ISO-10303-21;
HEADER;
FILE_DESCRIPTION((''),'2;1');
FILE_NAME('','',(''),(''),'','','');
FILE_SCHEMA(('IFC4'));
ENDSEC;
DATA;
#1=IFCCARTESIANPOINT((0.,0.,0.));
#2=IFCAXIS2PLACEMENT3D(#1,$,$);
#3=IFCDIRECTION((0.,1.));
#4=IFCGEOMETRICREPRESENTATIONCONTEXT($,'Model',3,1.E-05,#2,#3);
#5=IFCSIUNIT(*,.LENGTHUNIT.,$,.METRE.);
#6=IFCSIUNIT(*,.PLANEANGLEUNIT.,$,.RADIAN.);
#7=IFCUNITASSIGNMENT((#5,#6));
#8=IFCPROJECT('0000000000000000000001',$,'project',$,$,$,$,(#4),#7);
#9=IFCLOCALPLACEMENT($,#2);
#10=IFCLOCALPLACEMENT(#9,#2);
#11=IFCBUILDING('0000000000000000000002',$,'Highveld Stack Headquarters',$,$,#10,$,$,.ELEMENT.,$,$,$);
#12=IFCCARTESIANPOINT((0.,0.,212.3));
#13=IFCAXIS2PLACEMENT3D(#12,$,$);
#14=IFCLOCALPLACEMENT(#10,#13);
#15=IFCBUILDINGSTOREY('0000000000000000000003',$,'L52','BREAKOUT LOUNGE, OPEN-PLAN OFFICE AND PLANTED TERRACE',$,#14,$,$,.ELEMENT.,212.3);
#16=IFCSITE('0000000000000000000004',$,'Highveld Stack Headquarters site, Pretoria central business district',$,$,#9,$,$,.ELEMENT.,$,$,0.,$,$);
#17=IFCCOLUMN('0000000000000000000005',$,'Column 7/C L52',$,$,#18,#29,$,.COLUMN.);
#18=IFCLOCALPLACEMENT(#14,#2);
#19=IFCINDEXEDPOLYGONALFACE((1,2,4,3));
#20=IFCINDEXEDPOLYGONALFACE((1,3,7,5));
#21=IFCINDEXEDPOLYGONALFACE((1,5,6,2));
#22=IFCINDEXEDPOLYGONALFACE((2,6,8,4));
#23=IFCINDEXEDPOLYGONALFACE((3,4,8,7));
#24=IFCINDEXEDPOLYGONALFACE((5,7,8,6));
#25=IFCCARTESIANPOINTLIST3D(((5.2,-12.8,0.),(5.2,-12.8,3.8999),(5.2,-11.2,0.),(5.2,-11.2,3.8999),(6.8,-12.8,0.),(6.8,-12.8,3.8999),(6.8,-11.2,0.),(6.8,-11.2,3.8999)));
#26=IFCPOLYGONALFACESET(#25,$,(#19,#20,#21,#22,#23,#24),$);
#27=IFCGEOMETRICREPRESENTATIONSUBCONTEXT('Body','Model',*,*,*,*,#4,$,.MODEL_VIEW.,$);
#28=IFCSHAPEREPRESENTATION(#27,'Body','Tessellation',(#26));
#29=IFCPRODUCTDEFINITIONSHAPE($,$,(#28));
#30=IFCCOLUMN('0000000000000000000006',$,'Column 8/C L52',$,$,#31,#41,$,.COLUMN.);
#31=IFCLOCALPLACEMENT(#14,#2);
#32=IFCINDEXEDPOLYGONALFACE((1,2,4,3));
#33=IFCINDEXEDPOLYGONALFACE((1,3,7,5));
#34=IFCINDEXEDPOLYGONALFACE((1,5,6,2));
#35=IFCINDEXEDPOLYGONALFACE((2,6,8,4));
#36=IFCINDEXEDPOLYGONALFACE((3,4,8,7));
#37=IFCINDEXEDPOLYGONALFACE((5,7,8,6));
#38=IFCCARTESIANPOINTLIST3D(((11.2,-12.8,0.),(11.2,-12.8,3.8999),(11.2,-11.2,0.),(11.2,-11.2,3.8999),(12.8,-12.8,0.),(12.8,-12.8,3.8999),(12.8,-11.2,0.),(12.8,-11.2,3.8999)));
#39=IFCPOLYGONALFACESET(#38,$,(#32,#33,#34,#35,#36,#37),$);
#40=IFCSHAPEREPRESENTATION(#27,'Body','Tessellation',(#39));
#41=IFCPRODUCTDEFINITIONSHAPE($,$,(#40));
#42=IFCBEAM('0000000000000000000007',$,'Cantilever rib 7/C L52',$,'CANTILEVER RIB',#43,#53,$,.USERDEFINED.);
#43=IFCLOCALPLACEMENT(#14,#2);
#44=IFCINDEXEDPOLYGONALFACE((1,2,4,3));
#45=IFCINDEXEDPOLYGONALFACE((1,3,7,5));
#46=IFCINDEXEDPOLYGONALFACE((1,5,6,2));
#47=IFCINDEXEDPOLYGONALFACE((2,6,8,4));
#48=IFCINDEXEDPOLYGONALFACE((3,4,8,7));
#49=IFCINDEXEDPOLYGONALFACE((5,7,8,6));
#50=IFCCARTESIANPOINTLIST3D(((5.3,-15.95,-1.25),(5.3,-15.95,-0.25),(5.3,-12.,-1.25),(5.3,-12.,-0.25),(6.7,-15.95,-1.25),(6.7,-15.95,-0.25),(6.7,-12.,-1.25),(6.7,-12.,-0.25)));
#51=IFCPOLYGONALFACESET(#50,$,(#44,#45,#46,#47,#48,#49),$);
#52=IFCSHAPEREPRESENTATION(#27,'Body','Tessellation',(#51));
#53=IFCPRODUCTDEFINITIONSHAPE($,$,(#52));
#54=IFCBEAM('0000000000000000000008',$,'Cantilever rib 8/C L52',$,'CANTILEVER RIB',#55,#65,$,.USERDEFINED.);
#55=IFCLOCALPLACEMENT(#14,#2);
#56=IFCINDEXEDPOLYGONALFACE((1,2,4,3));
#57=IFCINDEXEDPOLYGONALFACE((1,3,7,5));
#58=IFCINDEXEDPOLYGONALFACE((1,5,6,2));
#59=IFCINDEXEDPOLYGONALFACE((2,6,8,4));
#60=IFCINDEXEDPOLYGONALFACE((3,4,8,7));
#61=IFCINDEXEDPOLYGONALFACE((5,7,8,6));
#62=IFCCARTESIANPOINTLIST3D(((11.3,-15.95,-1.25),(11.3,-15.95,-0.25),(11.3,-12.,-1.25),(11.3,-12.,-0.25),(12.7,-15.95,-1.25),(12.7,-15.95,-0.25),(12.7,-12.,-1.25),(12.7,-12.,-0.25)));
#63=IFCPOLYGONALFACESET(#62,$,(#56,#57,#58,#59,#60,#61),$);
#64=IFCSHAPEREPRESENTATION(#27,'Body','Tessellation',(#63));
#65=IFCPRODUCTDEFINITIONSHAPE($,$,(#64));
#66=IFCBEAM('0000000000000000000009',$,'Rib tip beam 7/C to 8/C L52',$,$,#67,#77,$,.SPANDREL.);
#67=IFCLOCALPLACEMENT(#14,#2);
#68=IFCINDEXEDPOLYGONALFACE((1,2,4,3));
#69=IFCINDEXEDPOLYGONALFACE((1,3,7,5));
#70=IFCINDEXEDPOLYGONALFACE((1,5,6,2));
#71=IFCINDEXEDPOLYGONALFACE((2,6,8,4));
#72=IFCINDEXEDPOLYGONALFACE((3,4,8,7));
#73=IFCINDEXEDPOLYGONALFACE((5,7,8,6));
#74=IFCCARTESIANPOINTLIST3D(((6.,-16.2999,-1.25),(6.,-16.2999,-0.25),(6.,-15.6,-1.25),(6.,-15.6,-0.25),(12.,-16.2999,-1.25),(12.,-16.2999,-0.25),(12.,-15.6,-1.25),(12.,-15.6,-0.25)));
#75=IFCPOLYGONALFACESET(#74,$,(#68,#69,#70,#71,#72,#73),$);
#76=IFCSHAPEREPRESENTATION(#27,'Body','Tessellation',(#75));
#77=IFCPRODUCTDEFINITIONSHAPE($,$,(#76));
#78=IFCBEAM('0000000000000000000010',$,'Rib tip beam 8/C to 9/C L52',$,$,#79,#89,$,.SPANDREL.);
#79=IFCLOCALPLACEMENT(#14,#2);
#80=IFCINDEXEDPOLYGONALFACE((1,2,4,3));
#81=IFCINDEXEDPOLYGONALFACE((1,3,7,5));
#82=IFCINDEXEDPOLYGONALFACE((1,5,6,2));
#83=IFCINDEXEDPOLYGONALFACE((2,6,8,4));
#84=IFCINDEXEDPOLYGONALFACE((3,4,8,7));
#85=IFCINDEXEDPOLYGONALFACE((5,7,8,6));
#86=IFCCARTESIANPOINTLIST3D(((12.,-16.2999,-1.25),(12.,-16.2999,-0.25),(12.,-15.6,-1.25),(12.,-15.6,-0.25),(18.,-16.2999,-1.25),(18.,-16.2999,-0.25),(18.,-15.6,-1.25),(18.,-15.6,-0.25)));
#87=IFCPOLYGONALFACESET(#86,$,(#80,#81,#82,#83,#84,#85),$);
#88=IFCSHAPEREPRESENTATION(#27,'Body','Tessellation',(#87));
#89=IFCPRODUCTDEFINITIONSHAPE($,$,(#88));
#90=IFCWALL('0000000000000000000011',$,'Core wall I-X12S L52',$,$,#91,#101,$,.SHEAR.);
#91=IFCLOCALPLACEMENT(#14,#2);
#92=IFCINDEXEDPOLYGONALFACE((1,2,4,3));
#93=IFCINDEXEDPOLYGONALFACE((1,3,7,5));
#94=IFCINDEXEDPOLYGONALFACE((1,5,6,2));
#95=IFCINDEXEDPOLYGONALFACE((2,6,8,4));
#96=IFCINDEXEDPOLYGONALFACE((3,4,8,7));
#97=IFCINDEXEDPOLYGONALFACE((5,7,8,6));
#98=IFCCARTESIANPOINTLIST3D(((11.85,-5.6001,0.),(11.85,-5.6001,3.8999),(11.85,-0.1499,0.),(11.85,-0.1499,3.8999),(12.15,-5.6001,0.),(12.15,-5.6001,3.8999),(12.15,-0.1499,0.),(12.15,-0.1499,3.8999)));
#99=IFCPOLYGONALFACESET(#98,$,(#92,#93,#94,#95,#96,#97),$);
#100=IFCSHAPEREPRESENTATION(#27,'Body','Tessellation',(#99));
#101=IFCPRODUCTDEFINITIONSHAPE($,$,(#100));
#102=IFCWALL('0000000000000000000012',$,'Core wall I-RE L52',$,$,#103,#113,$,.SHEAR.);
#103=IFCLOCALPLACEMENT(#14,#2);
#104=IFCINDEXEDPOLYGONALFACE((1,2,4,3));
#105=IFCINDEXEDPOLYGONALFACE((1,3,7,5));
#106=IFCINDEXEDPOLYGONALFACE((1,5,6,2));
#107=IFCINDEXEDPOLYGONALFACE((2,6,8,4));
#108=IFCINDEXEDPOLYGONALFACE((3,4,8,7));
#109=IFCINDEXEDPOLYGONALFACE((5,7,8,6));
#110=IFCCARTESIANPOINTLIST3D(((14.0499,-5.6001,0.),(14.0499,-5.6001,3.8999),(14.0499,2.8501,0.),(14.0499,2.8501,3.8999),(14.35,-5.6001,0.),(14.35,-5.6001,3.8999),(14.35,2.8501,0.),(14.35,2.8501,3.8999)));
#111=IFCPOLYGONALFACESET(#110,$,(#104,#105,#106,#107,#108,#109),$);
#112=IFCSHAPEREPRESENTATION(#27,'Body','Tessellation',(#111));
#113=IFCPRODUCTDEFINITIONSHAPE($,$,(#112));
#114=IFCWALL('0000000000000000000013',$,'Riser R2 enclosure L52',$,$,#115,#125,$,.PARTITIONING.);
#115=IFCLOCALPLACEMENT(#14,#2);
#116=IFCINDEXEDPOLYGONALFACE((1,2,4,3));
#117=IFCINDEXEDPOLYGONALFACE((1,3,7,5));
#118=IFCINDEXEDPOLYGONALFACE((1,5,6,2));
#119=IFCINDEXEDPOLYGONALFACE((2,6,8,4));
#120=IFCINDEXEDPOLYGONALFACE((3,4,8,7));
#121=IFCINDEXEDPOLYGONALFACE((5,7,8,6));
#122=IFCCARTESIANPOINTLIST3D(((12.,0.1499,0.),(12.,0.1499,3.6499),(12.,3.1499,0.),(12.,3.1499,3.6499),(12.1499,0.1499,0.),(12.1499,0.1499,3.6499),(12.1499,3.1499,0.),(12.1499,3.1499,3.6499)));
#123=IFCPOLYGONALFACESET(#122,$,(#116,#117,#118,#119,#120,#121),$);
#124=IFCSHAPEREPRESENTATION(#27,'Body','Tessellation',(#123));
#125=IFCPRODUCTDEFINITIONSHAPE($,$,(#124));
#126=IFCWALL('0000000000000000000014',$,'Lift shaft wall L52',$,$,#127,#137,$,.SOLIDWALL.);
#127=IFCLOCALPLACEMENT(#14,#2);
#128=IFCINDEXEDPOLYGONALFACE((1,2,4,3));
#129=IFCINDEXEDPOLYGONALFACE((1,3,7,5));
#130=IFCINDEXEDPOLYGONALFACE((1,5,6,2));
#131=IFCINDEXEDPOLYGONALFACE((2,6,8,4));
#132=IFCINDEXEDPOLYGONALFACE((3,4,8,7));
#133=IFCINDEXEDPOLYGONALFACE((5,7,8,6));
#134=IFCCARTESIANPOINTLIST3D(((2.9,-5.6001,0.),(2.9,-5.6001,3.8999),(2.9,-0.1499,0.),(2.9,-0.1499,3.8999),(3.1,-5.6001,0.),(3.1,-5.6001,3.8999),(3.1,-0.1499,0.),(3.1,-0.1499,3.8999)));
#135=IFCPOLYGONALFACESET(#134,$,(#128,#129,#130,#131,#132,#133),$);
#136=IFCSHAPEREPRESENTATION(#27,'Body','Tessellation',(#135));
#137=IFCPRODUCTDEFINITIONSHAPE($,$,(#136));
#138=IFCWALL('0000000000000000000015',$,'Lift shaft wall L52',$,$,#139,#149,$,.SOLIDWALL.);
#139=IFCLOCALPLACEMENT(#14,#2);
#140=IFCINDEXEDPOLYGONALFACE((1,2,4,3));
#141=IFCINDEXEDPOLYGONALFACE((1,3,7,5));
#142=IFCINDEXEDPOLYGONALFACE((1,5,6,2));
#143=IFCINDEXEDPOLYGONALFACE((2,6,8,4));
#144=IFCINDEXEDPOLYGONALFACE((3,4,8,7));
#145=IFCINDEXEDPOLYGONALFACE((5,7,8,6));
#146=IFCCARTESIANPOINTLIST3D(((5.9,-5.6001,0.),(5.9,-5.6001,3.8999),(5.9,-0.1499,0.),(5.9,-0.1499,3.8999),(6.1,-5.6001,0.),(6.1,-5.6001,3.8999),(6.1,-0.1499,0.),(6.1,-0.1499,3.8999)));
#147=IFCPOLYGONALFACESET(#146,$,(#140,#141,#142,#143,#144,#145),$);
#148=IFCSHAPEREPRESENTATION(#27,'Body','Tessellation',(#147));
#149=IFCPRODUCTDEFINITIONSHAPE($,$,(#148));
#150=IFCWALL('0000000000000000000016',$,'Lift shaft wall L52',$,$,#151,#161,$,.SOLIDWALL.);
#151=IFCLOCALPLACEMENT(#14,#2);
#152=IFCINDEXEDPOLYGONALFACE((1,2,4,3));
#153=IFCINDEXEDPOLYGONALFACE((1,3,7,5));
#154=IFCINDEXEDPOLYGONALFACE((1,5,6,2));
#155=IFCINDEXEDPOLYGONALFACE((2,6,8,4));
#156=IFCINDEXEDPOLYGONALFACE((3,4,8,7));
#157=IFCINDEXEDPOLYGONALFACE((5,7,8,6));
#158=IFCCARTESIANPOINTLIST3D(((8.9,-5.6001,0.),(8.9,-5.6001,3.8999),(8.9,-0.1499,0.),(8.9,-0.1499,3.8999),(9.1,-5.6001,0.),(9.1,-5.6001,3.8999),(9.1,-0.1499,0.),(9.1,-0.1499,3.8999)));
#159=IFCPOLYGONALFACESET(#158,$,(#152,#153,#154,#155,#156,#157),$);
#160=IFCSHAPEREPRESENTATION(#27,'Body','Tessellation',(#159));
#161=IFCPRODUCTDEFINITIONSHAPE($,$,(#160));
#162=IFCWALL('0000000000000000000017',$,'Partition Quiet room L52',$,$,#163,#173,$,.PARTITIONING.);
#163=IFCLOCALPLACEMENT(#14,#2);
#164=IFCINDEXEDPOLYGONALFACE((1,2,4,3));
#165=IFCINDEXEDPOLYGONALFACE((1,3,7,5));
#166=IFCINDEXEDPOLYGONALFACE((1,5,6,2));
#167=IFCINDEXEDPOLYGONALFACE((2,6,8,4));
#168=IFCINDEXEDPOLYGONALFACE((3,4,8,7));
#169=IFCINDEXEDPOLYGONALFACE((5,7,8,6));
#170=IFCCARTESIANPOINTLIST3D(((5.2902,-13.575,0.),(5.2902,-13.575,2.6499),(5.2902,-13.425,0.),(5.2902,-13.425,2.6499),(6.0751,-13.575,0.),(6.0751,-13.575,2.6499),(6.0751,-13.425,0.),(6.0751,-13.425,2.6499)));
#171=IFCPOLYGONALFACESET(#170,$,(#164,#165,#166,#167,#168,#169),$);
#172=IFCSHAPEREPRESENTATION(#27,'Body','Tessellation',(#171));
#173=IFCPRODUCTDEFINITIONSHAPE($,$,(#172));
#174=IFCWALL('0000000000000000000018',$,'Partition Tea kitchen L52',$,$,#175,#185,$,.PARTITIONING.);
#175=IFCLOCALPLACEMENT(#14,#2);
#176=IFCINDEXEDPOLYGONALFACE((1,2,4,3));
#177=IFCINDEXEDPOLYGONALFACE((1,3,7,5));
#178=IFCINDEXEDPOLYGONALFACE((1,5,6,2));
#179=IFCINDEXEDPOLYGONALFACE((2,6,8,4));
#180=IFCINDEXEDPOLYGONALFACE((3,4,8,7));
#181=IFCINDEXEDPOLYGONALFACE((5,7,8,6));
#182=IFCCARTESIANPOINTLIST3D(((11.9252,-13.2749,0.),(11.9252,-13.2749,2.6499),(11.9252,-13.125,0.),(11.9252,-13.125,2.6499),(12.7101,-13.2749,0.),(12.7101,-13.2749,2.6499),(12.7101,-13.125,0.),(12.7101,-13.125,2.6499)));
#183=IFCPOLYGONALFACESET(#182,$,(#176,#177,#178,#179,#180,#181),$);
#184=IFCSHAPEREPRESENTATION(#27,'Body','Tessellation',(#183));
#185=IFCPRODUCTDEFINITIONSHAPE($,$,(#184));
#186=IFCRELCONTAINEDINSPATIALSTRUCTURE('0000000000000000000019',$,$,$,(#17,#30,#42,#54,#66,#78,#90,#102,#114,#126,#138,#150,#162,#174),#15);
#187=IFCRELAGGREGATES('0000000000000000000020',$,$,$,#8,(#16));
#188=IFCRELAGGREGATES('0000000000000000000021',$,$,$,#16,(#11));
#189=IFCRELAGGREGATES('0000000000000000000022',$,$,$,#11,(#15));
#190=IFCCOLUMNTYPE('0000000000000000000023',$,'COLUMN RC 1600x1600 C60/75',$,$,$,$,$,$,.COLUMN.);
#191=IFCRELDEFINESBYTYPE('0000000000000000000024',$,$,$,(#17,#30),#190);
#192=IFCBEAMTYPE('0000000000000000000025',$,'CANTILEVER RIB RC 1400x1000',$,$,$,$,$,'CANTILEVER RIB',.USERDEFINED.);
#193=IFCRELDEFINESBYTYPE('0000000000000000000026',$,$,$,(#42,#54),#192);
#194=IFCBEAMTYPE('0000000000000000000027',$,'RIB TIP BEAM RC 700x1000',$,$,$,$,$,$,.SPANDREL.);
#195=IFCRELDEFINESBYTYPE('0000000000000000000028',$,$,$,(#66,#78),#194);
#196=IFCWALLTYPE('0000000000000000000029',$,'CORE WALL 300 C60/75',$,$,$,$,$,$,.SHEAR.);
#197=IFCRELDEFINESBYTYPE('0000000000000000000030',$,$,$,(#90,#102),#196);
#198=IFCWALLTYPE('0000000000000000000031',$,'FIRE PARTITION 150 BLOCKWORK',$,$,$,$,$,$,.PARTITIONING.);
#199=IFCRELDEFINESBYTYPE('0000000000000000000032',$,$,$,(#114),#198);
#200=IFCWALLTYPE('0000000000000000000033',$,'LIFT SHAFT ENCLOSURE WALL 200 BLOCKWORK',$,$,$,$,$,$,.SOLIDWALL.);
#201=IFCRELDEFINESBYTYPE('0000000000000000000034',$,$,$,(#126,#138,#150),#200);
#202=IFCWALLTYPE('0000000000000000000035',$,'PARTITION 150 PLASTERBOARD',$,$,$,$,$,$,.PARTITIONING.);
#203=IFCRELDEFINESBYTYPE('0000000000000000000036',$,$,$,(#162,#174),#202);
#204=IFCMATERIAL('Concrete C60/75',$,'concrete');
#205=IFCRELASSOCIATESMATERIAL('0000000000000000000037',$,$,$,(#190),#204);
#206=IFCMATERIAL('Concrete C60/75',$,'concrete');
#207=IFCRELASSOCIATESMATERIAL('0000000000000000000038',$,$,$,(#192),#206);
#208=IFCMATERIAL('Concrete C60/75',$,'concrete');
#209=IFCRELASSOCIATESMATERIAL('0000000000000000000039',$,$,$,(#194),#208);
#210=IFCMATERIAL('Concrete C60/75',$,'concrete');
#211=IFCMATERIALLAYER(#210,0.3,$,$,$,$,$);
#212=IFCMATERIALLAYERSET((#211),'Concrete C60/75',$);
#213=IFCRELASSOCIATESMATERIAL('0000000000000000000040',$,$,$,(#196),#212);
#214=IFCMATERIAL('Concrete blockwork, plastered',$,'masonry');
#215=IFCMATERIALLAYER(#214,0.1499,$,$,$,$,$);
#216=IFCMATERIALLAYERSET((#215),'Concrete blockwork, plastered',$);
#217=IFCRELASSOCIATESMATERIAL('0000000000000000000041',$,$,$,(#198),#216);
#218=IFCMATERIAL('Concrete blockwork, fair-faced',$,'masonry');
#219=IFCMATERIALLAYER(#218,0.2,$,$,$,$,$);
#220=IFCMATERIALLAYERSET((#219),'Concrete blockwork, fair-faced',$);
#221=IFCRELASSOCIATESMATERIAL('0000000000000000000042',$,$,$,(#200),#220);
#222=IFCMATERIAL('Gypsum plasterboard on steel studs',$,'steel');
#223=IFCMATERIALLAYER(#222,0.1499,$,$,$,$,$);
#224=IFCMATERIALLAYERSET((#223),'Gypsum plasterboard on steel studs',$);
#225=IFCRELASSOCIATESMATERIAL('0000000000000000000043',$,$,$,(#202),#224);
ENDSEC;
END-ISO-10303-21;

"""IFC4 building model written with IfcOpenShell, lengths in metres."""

from ifc_helpers import new_model, si_unit, direction, frame, frame_2d, origin, origin_2d, place, context, subcontext, project, spatial, rectangle, extrude, material, layer, layer_set, material_profile, profile_set, type_object, element, save


model = new_model("IFC4")

# Units and contexts
model_context = context("Model", 3, precision=1e-05, world=origin(), true_north=direction((0.0, 1.0)))
body_context = subcontext(model_context, "Body", "Model", "MODEL_VIEW")
ifc_project = project(units=[si_unit("LENGTHUNIT", "METRE"), si_unit("PLANEANGLEUNIT", "RADIAN")], contexts=[model_context])

# Site, building, storey
site_placement = place(None, origin())
site = spatial("IfcSite", under=ifc_project, at=site_placement, Name="Highveld Stack Headquarters site, Pretoria central business district", CompositionType="ELEMENT", RefElevation=0.0)
building_placement = place(site_placement, origin())
building = spatial("IfcBuilding", under=site, at=building_placement, Name="Highveld Stack Headquarters", CompositionType="ELEMENT")
storey_placement = place(building_placement, frame((0.0, 0.0, 212.3)))
storey = spatial("IfcBuildingStorey", under=building, at=storey_placement, Name="L52", Description="BREAKOUT LOUNGE, OPEN-PLAN OFFICE AND PLANTED TERRACE", CompositionType="ELEMENT", Elevation=212.3)

# Columns
ifc_material_1 = material(Name="Concrete C60/75", Category="concrete")
ifc_material_profile_1 = material_profile(ifc_material_1, rectangle(XDim=1.6001, YDim=1.6001, at=origin_2d()), Name="RC 1600x1600")
ifc_profile_set_1 = profile_set([ifc_material_profile_1], Name="Concrete C60/75")
column_type = type_object("IfcColumnType", Name="COLUMN RC 1600x1600 C60/75", PredefinedType="COLUMN", material=ifc_profile_set_1)
for number, where, z_axis, x_axis, name in (
    (1, (6.0, -12.0, 0.0), (0.0, 0.0, 1.0), (1.0, 0.0, 0.0), "Column 7/C L52"),
    (2, (12.0, -12.0, 0.0), (0.0, 0.0, 1.0), (1.0, 0.0, 0.0), "Column 8/C L52"),
):
    element("IfcColumn", number, at=place(storey_placement, frame(where, z_axis=z_axis, x_axis=x_axis)), inside=storey, type_object=column_type, Name=name, PredefinedType="COLUMN", context=body_context, shape_type="SweptSolid", body=[
        extrude(rectangle(XDim=1.6001, YDim=1.6001, at=origin_2d()), origin(), (0.0, 0.0, 1.0), 3.8999),
    ])

# Beams
ifc_material_2 = material(Name="Concrete C60/75", Category="concrete")
ifc_material_profile_2 = material_profile(ifc_material_2, rectangle(XDim=1.3999, YDim=1.0, at=origin_2d()), Name="RC 1400x1000")
ifc_profile_set_2 = profile_set([ifc_material_profile_2], Name="Concrete C60/75")
beam_type_1 = type_object("IfcBeamType", Name="CANTILEVER RIB RC 1400x1000", ElementType="CANTILEVER RIB", PredefinedType="USERDEFINED", material=ifc_profile_set_2)
for number, where, z_axis, x_axis, name in (
    (3, (6.0, -12.0, -0.75), (0.0, -1.0, 0.0), (1.0, 0.0, 0.0), "Cantilever rib 7/C L52"),
    (4, (12.0, -12.0, -0.75), (0.0, -1.0, 0.0), (1.0, 0.0, 0.0), "Cantilever rib 8/C L52"),
):
    element("IfcBeam", number, at=place(storey_placement, frame(where, z_axis=z_axis, x_axis=x_axis)), inside=storey, type_object=beam_type_1, Name=name, ObjectType="CANTILEVER RIB", PredefinedType="USERDEFINED", context=body_context, shape_type="SweptSolid", body=[
        extrude(rectangle(XDim=1.3999, YDim=1.0, at=origin_2d()), origin(), (0.0, 0.0, 1.0), 3.95),
    ])
ifc_material_3 = material(Name="Concrete C60/75", Category="concrete")
ifc_material_profile_3 = material_profile(ifc_material_3, rectangle(XDim=0.7, YDim=1.0, at=origin_2d()), Name="RC 700x1000")
ifc_profile_set_3 = profile_set([ifc_material_profile_3], Name="Concrete C60/75")
beam_type_2 = type_object("IfcBeamType", Name="RIB TIP BEAM RC 700x1000", PredefinedType="SPANDREL", material=ifc_profile_set_3)
for number, where, z_axis, x_axis, name in (
    (5, (6.0, -15.95, -0.75), (1.0, 0.0, 0.0), (0.0, 1.0, 0.0), "Rib tip beam 7/C to 8/C L52"),
    (6, (12.0, -15.95, -0.75), (1.0, 0.0, 0.0), (0.0, 1.0, 0.0), "Rib tip beam 8/C to 9/C L52"),
):
    element("IfcBeam", number, at=place(storey_placement, frame(where, z_axis=z_axis, x_axis=x_axis)), inside=storey, type_object=beam_type_2, Name=name, PredefinedType="SPANDREL", context=body_context, shape_type="SweptSolid", body=[
        extrude(rectangle(XDim=0.7, YDim=1.0, at=origin_2d()), origin(), (0.0, 0.0, 1.0), 6.0),
    ])

# Walls
ifc_material_4 = material(Name="Concrete C60/75", Category="concrete")
ifc_layer_1 = layer(ifc_material_4, 0.3)
ifc_layer_set_1 = layer_set([ifc_layer_1], Name="Concrete C60/75")
wall_type_1 = type_object("IfcWallType", Name="CORE WALL 300 C60/75", PredefinedType="SHEAR", material=ifc_layer_set_1)
wall_1_placement = place(storey_placement, frame((12.0, -5.6001, 0.0), z_axis=(0.0, 0.0, 1.0), x_axis=(0.0, 1.0, 0.0)))
element("IfcWall", 7, at=wall_1_placement, inside=storey, type_object=wall_type_1, Name="Core wall I-X12S L52", PredefinedType="SHEAR", context=body_context, shape_type="SweptSolid", body=[
    extrude(rectangle(XDim=5.4502, YDim=0.3, at=frame_2d((2.7251, 0.0))), origin(), (0.0, 0.0, 1.0), 3.8999),
])
wall_2_placement = place(storey_placement, frame((14.2, -5.6001, 0.0), z_axis=(0.0, 0.0, 1.0), x_axis=(0.0, 1.0, 0.0)))
element("IfcWall", 8, at=wall_2_placement, inside=storey, type_object=wall_type_1, Name="Core wall I-RE L52", PredefinedType="SHEAR", context=body_context, shape_type="SweptSolid", body=[
    extrude(rectangle(XDim=8.4502, YDim=0.3, at=frame_2d((4.2251, 0.0))), origin(), (0.0, 0.0, 1.0), 3.8999),
])
ifc_material_5 = material(Name="Concrete blockwork, plastered", Category="masonry")
ifc_layer_2 = layer(ifc_material_5, 0.1499)
ifc_layer_set_2 = layer_set([ifc_layer_2], Name="Concrete blockwork, plastered")
wall_type_2 = type_object("IfcWallType", Name="FIRE PARTITION 150 BLOCKWORK", PredefinedType="PARTITIONING", material=ifc_layer_set_2)
wall_3_placement = place(storey_placement, frame((12.075, 0.1499, 0.0), z_axis=(0.0, 0.0, 1.0), x_axis=(0.0, 1.0, 0.0)))
element("IfcWall", 9, at=wall_3_placement, inside=storey, type_object=wall_type_2, Name="Riser R2 enclosure L52", PredefinedType="PARTITIONING", context=body_context, shape_type="SweptSolid", body=[
    extrude(rectangle(XDim=3.0, YDim=0.1499, at=frame_2d((1.5, 0.0))), origin(), (0.0, 0.0, 1.0), 3.6499),
])
ifc_material_6 = material(Name="Concrete blockwork, fair-faced", Category="masonry")
ifc_layer_3 = layer(ifc_material_6, 0.2)
ifc_layer_set_3 = layer_set([ifc_layer_3], Name="Concrete blockwork, fair-faced")
wall_type_3 = type_object("IfcWallType", Name="LIFT SHAFT ENCLOSURE WALL 200 BLOCKWORK", PredefinedType="SOLIDWALL", material=ifc_layer_set_3)
for number, where, z_axis, x_axis, name in (
    (10, (3.0, -5.6001, 0.0), (0.0, 0.0, 1.0), (0.0, 1.0, 0.0), "Lift shaft wall L52"),
    (11, (6.0, -5.6001, 0.0), (0.0, 0.0, 1.0), (0.0, 1.0, 0.0), "Lift shaft wall L52"),
    (12, (9.0, -5.6001, 0.0), (0.0, 0.0, 1.0), (0.0, 1.0, 0.0), "Lift shaft wall L52"),
):
    element("IfcWall", number, at=place(storey_placement, frame(where, z_axis=z_axis, x_axis=x_axis)), inside=storey, type_object=wall_type_3, Name=name, PredefinedType="SOLIDWALL", context=body_context, shape_type="SweptSolid", body=[
        extrude(rectangle(XDim=5.4502, YDim=0.2, at=frame_2d((2.7251, 0.0))), origin(), (0.0, 0.0, 1.0), 3.8999),
    ])
ifc_material_7 = material(Name="Gypsum plasterboard on steel studs", Category="steel")
ifc_layer_4 = layer(ifc_material_7, 0.1499)
ifc_layer_set_4 = layer_set([ifc_layer_4], Name="Gypsum plasterboard on steel studs")
wall_type_4 = type_object("IfcWallType", Name="PARTITION 150 PLASTERBOARD", PredefinedType="PARTITIONING", material=ifc_layer_set_4)
for number, where, z_axis, x_axis, name in (
    (13, (5.29, -13.5, 0.0), (0.0, 0.0, 1.0), (1.0, 0.0, 0.0), "Partition Quiet room L52"),
    (14, (11.925, -13.2, 0.0), (0.0, 0.0, 1.0), (1.0, 0.0, 0.0), "Partition Tea kitchen L52"),
):
    element("IfcWall", number, at=place(storey_placement, frame(where, z_axis=z_axis, x_axis=x_axis)), inside=storey, type_object=wall_type_4, Name=name, PredefinedType="PARTITIONING", context=body_context, shape_type="SweptSolid", body=[
        extrude(rectangle(XDim=0.7849, YDim=0.1499, at=frame_2d((0.3926, 0.0))), origin(), (0.0, 0.0, 1.0), 2.6499),
    ])

save(model, "model.ifc")
